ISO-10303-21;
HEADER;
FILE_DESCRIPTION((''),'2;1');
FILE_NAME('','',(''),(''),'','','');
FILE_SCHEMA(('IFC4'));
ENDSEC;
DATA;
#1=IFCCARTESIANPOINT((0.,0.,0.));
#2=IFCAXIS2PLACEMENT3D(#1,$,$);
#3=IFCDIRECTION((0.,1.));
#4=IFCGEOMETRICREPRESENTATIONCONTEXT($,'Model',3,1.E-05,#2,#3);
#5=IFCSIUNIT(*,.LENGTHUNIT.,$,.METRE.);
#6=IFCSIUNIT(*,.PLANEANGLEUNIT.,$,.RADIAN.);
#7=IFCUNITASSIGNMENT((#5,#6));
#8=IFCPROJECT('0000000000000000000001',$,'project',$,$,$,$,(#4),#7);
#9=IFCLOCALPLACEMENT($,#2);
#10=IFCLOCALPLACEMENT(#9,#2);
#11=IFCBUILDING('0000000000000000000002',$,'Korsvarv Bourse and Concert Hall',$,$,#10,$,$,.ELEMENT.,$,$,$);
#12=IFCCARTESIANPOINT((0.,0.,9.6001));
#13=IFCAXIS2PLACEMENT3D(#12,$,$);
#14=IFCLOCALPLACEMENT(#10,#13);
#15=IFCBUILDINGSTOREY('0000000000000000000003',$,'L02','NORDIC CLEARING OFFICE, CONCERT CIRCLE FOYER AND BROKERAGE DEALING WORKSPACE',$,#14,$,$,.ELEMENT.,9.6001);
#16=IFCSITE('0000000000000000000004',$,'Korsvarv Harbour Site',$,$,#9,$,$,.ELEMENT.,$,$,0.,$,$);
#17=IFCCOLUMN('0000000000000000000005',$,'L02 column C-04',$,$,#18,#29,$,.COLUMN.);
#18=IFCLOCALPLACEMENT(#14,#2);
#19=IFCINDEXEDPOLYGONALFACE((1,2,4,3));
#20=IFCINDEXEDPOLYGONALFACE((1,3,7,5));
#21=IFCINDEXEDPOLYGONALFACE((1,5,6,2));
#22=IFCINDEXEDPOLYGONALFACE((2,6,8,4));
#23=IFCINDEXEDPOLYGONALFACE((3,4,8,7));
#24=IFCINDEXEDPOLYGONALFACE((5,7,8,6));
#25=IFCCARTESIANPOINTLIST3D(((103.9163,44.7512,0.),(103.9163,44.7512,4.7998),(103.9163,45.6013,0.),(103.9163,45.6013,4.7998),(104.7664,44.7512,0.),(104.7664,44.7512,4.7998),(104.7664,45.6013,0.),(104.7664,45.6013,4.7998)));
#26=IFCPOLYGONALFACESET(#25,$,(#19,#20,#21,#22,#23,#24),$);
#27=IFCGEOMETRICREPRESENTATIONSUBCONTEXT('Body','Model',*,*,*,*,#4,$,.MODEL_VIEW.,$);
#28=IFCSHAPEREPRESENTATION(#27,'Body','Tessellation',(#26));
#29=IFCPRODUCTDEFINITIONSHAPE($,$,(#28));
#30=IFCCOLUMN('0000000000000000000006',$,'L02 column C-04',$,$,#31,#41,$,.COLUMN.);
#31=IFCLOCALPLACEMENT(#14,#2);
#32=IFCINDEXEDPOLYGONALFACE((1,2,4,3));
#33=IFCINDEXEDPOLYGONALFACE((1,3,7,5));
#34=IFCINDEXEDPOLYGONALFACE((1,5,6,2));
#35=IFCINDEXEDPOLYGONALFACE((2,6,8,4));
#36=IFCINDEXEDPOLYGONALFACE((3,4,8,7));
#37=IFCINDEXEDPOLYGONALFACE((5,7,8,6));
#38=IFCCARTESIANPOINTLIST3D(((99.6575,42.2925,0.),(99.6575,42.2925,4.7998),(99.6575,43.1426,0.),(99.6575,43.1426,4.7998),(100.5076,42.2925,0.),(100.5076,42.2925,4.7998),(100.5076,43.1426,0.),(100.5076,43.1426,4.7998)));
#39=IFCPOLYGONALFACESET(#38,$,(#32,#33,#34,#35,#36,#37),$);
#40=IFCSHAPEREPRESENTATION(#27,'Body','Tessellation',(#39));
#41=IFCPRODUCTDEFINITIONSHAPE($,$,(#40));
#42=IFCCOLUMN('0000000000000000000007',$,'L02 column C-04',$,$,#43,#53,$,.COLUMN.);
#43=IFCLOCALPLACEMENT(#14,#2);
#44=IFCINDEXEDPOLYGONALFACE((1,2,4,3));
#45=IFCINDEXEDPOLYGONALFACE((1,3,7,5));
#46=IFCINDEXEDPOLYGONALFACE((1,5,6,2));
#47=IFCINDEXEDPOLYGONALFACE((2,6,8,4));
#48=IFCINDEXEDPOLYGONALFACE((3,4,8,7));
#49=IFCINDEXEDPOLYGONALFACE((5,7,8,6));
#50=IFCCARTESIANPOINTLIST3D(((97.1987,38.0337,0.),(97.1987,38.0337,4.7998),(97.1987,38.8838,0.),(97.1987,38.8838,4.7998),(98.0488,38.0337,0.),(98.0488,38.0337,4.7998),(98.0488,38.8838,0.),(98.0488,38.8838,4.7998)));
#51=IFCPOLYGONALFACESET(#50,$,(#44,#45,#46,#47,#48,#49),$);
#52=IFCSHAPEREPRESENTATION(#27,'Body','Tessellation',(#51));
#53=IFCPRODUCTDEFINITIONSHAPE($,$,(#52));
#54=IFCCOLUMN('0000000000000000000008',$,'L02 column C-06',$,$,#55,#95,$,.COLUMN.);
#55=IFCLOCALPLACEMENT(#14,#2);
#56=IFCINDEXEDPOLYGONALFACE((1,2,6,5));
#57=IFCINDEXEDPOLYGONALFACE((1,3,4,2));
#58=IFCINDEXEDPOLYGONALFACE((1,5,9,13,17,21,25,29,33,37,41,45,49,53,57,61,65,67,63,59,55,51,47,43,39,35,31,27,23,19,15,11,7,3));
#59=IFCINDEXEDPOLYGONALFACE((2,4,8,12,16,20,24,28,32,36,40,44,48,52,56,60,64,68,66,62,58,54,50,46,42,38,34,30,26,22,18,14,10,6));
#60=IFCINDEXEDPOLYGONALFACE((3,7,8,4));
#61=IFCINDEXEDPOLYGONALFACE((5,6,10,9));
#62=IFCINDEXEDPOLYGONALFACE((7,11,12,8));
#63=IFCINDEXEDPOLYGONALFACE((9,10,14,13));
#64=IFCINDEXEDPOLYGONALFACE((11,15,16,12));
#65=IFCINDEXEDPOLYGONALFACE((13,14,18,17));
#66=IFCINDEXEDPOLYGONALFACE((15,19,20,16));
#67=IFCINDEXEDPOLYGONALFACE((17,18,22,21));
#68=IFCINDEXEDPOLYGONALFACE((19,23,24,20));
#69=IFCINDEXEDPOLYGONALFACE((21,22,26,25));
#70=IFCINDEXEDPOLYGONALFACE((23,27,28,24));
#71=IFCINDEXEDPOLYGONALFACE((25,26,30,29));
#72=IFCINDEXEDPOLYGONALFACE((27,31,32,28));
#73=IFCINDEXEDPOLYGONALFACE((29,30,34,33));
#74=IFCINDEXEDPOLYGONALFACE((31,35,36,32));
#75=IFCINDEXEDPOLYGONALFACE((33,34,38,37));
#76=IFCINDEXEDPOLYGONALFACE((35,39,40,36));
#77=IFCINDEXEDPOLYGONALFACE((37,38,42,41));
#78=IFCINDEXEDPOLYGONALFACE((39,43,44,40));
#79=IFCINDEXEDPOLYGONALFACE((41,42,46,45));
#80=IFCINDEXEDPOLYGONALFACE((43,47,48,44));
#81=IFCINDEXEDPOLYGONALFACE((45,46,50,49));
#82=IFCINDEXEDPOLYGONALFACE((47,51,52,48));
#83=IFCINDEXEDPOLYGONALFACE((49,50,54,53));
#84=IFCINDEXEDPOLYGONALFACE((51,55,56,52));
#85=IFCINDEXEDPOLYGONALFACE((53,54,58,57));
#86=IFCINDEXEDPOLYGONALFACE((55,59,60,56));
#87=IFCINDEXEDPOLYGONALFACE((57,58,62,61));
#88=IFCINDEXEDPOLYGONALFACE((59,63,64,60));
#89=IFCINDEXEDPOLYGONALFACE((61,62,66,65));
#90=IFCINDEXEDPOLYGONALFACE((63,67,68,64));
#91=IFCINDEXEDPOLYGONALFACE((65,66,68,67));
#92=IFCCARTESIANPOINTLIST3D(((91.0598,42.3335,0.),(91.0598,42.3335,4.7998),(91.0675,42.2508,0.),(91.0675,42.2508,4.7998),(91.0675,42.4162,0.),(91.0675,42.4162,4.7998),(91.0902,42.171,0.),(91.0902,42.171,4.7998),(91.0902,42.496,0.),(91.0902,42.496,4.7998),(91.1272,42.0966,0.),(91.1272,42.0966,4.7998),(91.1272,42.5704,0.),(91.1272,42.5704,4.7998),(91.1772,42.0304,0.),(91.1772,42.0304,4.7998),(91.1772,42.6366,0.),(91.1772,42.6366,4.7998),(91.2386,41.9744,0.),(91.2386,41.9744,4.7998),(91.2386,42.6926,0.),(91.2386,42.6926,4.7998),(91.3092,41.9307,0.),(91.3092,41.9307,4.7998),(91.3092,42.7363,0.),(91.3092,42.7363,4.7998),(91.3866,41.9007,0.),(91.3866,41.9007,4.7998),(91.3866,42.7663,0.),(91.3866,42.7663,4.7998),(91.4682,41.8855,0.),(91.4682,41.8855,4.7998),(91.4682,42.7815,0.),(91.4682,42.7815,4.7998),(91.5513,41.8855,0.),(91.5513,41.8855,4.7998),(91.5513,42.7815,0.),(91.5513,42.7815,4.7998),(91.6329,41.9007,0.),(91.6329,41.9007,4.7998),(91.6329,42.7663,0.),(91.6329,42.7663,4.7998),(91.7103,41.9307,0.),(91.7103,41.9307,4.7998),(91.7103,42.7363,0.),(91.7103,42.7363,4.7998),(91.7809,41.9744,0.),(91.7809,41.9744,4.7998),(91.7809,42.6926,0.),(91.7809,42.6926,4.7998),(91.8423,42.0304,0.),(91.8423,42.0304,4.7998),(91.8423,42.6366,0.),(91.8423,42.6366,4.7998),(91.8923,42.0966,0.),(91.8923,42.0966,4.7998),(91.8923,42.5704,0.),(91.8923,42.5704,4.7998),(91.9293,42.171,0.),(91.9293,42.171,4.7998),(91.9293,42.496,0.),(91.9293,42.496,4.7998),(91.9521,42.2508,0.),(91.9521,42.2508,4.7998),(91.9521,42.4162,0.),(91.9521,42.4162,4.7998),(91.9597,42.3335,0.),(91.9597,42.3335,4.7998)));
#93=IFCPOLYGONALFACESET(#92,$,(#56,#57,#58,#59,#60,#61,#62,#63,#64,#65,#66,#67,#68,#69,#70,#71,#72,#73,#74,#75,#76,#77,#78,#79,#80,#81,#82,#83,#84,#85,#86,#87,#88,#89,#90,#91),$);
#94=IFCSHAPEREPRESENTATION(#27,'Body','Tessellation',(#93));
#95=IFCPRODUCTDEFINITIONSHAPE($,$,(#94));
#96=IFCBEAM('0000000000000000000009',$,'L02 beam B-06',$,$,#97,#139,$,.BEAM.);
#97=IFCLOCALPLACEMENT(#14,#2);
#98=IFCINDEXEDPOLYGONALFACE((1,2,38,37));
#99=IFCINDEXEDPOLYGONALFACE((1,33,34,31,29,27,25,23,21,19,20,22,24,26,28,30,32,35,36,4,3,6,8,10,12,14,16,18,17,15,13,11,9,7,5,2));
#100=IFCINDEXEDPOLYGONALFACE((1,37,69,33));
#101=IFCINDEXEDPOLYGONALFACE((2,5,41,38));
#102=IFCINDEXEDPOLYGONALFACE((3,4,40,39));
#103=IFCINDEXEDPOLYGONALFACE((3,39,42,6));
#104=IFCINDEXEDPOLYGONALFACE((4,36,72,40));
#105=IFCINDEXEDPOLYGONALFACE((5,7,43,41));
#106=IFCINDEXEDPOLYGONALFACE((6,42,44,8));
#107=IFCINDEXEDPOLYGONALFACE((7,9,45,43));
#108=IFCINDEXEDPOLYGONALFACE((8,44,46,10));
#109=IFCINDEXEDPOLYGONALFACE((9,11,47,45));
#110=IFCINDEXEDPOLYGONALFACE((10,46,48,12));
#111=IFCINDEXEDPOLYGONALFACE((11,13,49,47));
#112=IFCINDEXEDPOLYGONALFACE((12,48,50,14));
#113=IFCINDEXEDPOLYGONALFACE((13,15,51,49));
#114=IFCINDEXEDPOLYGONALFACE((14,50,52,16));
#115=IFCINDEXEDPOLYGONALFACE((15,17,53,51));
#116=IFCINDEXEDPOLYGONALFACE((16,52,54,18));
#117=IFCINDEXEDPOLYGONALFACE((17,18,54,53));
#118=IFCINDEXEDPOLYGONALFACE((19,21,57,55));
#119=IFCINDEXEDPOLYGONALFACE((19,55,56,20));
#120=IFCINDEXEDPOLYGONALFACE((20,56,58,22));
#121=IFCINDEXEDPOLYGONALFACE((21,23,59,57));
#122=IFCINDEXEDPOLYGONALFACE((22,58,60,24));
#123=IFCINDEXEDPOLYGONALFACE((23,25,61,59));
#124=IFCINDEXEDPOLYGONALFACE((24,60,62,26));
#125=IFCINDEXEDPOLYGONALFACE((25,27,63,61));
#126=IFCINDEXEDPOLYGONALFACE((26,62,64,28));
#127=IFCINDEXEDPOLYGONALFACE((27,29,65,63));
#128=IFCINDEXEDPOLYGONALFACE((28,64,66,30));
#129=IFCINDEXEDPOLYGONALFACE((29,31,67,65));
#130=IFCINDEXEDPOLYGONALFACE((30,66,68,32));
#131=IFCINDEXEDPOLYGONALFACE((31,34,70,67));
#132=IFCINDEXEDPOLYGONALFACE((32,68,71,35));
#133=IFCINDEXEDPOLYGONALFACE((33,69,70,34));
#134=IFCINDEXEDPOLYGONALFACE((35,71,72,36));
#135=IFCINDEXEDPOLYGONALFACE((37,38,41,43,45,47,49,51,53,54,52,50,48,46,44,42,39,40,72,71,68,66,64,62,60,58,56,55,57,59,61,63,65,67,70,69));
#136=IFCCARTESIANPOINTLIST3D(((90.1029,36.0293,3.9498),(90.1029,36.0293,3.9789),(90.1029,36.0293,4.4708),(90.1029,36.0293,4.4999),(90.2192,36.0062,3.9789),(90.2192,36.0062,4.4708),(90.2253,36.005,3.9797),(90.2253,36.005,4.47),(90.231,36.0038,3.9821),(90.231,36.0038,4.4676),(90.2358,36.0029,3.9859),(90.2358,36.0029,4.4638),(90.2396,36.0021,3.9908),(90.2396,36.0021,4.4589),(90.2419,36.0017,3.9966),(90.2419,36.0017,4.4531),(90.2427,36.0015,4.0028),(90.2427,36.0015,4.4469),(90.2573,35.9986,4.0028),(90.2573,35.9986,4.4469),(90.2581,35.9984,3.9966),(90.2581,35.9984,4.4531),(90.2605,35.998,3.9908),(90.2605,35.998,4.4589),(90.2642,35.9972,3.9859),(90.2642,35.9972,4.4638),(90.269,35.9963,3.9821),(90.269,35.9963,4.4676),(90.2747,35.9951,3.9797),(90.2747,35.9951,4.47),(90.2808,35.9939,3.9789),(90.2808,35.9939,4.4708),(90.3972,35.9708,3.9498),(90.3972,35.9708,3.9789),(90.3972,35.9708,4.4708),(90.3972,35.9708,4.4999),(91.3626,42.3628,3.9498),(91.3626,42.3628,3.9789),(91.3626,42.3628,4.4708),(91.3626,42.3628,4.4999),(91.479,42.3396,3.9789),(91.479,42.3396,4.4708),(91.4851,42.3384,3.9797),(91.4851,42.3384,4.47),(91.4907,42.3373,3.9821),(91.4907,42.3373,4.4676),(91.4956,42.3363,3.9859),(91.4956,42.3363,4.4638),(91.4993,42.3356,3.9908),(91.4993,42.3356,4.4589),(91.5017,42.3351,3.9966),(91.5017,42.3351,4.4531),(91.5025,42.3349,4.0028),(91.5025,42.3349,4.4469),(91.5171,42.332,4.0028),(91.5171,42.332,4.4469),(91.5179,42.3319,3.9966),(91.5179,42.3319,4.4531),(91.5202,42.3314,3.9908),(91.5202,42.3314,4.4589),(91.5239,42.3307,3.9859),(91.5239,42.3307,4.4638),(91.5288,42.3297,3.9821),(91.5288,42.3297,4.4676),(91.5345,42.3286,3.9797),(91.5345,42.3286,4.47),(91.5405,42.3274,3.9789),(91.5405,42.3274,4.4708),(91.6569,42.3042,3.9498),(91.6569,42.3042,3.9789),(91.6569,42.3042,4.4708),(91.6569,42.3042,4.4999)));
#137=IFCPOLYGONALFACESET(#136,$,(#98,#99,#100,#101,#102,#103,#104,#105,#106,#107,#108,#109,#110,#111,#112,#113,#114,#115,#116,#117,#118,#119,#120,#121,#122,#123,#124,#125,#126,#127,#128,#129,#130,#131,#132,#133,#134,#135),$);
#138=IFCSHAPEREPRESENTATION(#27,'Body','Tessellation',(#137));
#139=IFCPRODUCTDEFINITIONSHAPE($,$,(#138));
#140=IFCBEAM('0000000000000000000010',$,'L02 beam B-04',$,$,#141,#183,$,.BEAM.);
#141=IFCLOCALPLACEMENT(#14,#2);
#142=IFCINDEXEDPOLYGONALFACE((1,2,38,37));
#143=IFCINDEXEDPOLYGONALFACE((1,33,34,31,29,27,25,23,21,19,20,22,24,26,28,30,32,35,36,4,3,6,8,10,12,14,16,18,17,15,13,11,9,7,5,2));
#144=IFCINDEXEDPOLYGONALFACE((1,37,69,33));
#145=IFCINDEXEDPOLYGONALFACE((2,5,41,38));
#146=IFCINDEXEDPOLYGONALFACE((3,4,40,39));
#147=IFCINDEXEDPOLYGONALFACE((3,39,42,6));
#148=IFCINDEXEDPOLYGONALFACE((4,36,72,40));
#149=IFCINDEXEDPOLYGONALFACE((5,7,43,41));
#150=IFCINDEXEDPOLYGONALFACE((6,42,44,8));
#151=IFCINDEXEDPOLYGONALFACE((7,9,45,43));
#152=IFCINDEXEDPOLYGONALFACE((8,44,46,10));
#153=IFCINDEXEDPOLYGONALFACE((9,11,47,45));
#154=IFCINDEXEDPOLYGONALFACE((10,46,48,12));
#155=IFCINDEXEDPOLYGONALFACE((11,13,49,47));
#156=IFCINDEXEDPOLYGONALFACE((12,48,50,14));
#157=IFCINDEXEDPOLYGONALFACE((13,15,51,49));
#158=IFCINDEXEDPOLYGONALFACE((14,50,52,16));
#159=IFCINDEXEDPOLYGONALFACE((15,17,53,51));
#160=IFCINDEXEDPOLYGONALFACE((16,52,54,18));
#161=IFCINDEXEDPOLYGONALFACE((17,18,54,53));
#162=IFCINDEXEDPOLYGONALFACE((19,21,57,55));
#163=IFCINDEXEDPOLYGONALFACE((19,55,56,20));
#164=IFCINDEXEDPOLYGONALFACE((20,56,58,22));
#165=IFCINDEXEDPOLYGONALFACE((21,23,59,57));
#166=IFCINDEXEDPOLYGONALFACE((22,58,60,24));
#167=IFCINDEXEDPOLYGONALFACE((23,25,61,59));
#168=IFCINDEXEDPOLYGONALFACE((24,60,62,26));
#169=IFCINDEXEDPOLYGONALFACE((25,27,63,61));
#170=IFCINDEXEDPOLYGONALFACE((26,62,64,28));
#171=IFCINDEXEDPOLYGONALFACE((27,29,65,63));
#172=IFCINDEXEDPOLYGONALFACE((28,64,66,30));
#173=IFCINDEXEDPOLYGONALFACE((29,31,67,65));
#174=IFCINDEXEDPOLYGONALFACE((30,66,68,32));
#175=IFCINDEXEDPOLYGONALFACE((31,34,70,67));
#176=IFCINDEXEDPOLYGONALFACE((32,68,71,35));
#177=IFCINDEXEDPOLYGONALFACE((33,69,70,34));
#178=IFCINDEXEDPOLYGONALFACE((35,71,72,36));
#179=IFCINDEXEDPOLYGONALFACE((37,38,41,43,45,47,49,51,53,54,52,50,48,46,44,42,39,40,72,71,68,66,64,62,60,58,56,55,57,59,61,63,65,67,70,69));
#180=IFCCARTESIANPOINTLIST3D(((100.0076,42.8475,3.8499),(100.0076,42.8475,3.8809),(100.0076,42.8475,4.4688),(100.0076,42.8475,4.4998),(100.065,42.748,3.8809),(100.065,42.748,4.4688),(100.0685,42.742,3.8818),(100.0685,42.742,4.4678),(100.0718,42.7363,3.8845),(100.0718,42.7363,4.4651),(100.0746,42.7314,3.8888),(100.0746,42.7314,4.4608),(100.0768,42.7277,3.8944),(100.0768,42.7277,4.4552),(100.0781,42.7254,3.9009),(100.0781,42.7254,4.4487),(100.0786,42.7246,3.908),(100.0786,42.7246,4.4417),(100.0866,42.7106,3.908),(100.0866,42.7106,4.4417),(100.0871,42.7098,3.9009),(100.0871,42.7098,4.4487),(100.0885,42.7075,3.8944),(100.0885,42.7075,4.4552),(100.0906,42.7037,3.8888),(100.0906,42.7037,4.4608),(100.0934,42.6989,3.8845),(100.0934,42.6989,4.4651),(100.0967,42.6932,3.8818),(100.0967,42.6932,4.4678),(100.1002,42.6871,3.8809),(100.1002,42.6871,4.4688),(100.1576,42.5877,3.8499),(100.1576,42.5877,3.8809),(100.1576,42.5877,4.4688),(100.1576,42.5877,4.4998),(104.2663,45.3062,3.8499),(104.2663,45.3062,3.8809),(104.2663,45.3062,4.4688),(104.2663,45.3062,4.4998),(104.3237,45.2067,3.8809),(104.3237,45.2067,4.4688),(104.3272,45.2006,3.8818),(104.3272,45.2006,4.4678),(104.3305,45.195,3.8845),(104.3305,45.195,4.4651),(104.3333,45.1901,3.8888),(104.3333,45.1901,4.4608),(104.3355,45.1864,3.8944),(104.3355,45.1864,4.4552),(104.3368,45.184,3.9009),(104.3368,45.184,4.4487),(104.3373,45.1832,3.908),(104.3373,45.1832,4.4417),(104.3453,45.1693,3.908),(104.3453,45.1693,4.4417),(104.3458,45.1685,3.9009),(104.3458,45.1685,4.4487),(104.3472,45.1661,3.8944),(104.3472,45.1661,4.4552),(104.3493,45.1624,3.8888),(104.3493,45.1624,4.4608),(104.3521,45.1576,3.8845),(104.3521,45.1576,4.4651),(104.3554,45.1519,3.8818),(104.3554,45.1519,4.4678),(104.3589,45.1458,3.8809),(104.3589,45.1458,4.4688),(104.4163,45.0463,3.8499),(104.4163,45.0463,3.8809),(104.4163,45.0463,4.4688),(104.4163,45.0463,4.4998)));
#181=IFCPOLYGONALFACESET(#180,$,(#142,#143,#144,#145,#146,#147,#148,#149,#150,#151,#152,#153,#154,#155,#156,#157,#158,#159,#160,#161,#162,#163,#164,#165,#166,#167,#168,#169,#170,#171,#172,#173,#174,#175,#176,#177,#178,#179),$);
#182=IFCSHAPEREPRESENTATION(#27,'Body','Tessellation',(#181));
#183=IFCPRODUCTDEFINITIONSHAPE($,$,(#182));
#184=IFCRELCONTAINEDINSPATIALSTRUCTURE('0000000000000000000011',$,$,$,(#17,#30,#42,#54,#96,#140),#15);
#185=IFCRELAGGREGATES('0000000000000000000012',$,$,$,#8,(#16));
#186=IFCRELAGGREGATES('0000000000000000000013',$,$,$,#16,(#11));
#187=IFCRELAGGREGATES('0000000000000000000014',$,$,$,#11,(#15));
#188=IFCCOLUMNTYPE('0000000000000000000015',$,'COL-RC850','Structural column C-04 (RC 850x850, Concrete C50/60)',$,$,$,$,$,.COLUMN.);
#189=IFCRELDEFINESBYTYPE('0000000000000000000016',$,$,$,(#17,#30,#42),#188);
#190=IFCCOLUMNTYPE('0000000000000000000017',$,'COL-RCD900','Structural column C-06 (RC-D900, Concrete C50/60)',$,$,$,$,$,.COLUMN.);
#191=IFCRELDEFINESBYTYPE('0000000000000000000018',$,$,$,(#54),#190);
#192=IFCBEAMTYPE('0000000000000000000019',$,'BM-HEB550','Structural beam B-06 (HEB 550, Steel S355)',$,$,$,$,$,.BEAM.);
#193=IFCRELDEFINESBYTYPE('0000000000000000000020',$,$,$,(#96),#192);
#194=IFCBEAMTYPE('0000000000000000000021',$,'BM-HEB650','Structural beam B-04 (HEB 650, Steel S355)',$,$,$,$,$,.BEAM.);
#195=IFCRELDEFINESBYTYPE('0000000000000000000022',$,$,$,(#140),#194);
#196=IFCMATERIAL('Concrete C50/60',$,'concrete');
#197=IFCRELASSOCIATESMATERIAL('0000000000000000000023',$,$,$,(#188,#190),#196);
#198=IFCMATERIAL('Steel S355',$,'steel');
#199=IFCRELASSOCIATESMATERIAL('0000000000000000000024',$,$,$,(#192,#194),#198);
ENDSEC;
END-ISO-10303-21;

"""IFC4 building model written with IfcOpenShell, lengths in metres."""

from ifc_helpers import new_model, si_unit, direction, frame, origin, origin_2d, place, context, subcontext, project, spatial, rectangle, circle, i_section, extrude, source, transform, mapped, material, material_profile, profile_set, type_object, element, save


model = new_model("IFC4")

# Units and contexts
model_context = context("Model", 3, precision=1e-05, world=origin(), true_north=direction((0.0, 1.0)))
body_context = subcontext(model_context, "Body", "Model", "MODEL_VIEW")
ifc_project = project(units=[si_unit("LENGTHUNIT", "METRE"), si_unit("PLANEANGLEUNIT", "RADIAN")], contexts=[model_context])

# Site, building, storey
site_placement = place(None, origin())
site = spatial("IfcSite", under=ifc_project, at=site_placement, Name="Korsvarv Harbour Site", CompositionType="ELEMENT", RefElevation=0.0)
building_placement = place(site_placement, origin())
building = spatial("IfcBuilding", under=site, at=building_placement, Name="Korsvarv Bourse and Concert Hall", CompositionType="ELEMENT")
storey_placement = place(building_placement, frame((0.0, 0.0, 9.6001)))
storey = spatial("IfcBuildingStorey", under=building, at=storey_placement, Name="L02", Description="NORDIC CLEARING OFFICE, CONCERT CIRCLE FOYER AND BROKERAGE DEALING WORKSPACE", CompositionType="ELEMENT", Elevation=9.6001)

# Columns
ifc_material_1 = material(Name="Concrete C50/60", Category="concrete")
ifc_material_profile_1 = material_profile(ifc_material_1, rectangle(XDim=0.8501, YDim=0.8501, at=origin_2d()), Name="RC 850x850")
ifc_profile_set_1 = profile_set([ifc_material_profile_1], Name="Concrete C50/60")
column_type_1 = type_object("IfcColumnType", Name="COL-RC850", Description="Structural column C-04 (RC 850x850, Concrete C50/60)", PredefinedType="COLUMN", material=ifc_profile_set_1)
shared_shape_1 = source(origin(), body_context, "Body", "SweptSolid", [
    extrude(rectangle(XDim=0.8501, YDim=0.8501, at=origin_2d()), origin(), (0.0, 0.0, 1.0), 4.7998),
])
for number, where, z_axis, x_axis, name in (
    (1, (104.3413, 45.1763, 0.0), (0.0, 0.0, 1.0), (1.0, 0.0, 0.0), "L02 column C-04"),
    (2, (100.0825, 42.7175, 0.0), (0.0, 0.0, 1.0), (1.0, 0.0, 0.0), "L02 column C-04"),
    (3, (97.6238, 38.4587, 0.0), (0.0, 0.0, 1.0), (1.0, 0.0, 0.0), "L02 column C-04"),
):
    element("IfcColumn", number, at=place(storey_placement, frame(where, z_axis=z_axis, x_axis=x_axis)), inside=storey, type_object=column_type_1, Name=name, PredefinedType="COLUMN", context=body_context, shape_type="MappedRepresentation", body=[
        mapped(shared_shape_1, transform((0.0, 0.0, 0.0), scale=1.0)),
    ])
ifc_material_profile_2 = material_profile(ifc_material_1, circle(Radius=0.45, at=origin_2d()), Name="RC-D900")
ifc_profile_set_2 = profile_set([ifc_material_profile_2], Name="Concrete C50/60")
column_type_2 = type_object("IfcColumnType", Name="COL-RCD900", Description="Structural column C-06 (RC-D900, Concrete C50/60)", PredefinedType="COLUMN", material=ifc_profile_set_2)
shared_shape_2 = source(origin(), body_context, "Body", "SweptSolid", [
    extrude(circle(Radius=0.45, at=origin_2d()), origin(), (0.0, 0.0, 1.0), 4.7998),
])
column_placement = place(storey_placement, frame((91.5098, 42.3335, 0.0), z_axis=(0.0, 0.0, 1.0), x_axis=(1.0, 0.0, 0.0)))
element("IfcColumn", 4, at=column_placement, inside=storey, type_object=column_type_2, Name="L02 column C-06", PredefinedType="COLUMN", context=body_context, shape_type="MappedRepresentation", body=[
    mapped(shared_shape_2, transform((0.0, 0.0, 0.0), scale=1.0)),
])

# Beams
ifc_material_2 = material(Name="Steel S355", Category="steel")
ifc_material_profile_3 = material_profile(ifc_material_2, i_section(OverallWidth=0.3, OverallDepth=0.55, WebThickness=0.0149, FlangeThickness=0.0291, FilletRadius=0.0239, at=origin_2d()), Name="HEB 550")
ifc_profile_set_3 = profile_set([ifc_material_profile_3], Name="Steel S355")
beam_type_1 = type_object("IfcBeamType", Name="BM-HEB550", Description="Structural beam B-06 (HEB 550, Steel S355)", PredefinedType="BEAM", material=ifc_profile_set_3)
shared_shape_3 = source(origin(), body_context, "Body", "SweptSolid", [
    extrude(i_section(OverallWidth=0.3, OverallDepth=0.55, WebThickness=0.0149, FlangeThickness=0.0291, FilletRadius=0.0239, at=origin_2d()), origin(), (0.0, 0.0, 1.0), 6.4575),
])
beam_1_placement = place(storey_placement, frame((91.5098, 42.3335, 4.2249), z_axis=(-0.195084, -0.980787, 0.0), x_axis=(0.980787, -0.195084, 0.0)))
element("IfcBeam", 5, at=beam_1_placement, inside=storey, type_object=beam_type_1, Name="L02 beam B-06", PredefinedType="BEAM", context=body_context, shape_type="MappedRepresentation", body=[
    mapped(shared_shape_3, transform((0.0, 0.0, 0.0), scale=1.0)),
])
ifc_material_profile_4 = material_profile(ifc_material_2, i_section(OverallWidth=0.3, OverallDepth=0.6499, WebThickness=0.0161, FlangeThickness=0.031, FilletRadius=0.0271, at=origin_2d()), Name="HEB 650")
ifc_profile_set_4 = profile_set([ifc_material_profile_4], Name="Steel S355")
beam_type_2 = type_object("IfcBeamType", Name="BM-HEB650", Description="Structural beam B-04 (HEB 650, Steel S355)", PredefinedType="BEAM", material=ifc_profile_set_4)
shared_shape_4 = source(origin(), body_context, "Body", "SweptSolid", [
    extrude(i_section(OverallWidth=0.3, OverallDepth=0.6499, WebThickness=0.0161, FlangeThickness=0.031, FilletRadius=0.0271, at=origin_2d()), origin(), (0.0, 0.0, 1.0), 4.9175),
])
for number, where, z_axis, x_axis, name in (
    (6, (104.3413, 45.1763, 4.1748), (-0.866032, -0.499989, 0.0), (0.499989, -0.866032, 0.0), "L02 beam B-04"),
):
    element("IfcBeam", number, at=place(storey_placement, frame(where, z_axis=z_axis, x_axis=x_axis)), inside=storey, type_object=beam_type_2, Name=name, PredefinedType="BEAM", context=body_context, shape_type="MappedRepresentation", body=[
        mapped(shared_shape_4, transform((0.0, 0.0, 0.0), scale=1.0)),
    ])

save(model, "model.ifc")
